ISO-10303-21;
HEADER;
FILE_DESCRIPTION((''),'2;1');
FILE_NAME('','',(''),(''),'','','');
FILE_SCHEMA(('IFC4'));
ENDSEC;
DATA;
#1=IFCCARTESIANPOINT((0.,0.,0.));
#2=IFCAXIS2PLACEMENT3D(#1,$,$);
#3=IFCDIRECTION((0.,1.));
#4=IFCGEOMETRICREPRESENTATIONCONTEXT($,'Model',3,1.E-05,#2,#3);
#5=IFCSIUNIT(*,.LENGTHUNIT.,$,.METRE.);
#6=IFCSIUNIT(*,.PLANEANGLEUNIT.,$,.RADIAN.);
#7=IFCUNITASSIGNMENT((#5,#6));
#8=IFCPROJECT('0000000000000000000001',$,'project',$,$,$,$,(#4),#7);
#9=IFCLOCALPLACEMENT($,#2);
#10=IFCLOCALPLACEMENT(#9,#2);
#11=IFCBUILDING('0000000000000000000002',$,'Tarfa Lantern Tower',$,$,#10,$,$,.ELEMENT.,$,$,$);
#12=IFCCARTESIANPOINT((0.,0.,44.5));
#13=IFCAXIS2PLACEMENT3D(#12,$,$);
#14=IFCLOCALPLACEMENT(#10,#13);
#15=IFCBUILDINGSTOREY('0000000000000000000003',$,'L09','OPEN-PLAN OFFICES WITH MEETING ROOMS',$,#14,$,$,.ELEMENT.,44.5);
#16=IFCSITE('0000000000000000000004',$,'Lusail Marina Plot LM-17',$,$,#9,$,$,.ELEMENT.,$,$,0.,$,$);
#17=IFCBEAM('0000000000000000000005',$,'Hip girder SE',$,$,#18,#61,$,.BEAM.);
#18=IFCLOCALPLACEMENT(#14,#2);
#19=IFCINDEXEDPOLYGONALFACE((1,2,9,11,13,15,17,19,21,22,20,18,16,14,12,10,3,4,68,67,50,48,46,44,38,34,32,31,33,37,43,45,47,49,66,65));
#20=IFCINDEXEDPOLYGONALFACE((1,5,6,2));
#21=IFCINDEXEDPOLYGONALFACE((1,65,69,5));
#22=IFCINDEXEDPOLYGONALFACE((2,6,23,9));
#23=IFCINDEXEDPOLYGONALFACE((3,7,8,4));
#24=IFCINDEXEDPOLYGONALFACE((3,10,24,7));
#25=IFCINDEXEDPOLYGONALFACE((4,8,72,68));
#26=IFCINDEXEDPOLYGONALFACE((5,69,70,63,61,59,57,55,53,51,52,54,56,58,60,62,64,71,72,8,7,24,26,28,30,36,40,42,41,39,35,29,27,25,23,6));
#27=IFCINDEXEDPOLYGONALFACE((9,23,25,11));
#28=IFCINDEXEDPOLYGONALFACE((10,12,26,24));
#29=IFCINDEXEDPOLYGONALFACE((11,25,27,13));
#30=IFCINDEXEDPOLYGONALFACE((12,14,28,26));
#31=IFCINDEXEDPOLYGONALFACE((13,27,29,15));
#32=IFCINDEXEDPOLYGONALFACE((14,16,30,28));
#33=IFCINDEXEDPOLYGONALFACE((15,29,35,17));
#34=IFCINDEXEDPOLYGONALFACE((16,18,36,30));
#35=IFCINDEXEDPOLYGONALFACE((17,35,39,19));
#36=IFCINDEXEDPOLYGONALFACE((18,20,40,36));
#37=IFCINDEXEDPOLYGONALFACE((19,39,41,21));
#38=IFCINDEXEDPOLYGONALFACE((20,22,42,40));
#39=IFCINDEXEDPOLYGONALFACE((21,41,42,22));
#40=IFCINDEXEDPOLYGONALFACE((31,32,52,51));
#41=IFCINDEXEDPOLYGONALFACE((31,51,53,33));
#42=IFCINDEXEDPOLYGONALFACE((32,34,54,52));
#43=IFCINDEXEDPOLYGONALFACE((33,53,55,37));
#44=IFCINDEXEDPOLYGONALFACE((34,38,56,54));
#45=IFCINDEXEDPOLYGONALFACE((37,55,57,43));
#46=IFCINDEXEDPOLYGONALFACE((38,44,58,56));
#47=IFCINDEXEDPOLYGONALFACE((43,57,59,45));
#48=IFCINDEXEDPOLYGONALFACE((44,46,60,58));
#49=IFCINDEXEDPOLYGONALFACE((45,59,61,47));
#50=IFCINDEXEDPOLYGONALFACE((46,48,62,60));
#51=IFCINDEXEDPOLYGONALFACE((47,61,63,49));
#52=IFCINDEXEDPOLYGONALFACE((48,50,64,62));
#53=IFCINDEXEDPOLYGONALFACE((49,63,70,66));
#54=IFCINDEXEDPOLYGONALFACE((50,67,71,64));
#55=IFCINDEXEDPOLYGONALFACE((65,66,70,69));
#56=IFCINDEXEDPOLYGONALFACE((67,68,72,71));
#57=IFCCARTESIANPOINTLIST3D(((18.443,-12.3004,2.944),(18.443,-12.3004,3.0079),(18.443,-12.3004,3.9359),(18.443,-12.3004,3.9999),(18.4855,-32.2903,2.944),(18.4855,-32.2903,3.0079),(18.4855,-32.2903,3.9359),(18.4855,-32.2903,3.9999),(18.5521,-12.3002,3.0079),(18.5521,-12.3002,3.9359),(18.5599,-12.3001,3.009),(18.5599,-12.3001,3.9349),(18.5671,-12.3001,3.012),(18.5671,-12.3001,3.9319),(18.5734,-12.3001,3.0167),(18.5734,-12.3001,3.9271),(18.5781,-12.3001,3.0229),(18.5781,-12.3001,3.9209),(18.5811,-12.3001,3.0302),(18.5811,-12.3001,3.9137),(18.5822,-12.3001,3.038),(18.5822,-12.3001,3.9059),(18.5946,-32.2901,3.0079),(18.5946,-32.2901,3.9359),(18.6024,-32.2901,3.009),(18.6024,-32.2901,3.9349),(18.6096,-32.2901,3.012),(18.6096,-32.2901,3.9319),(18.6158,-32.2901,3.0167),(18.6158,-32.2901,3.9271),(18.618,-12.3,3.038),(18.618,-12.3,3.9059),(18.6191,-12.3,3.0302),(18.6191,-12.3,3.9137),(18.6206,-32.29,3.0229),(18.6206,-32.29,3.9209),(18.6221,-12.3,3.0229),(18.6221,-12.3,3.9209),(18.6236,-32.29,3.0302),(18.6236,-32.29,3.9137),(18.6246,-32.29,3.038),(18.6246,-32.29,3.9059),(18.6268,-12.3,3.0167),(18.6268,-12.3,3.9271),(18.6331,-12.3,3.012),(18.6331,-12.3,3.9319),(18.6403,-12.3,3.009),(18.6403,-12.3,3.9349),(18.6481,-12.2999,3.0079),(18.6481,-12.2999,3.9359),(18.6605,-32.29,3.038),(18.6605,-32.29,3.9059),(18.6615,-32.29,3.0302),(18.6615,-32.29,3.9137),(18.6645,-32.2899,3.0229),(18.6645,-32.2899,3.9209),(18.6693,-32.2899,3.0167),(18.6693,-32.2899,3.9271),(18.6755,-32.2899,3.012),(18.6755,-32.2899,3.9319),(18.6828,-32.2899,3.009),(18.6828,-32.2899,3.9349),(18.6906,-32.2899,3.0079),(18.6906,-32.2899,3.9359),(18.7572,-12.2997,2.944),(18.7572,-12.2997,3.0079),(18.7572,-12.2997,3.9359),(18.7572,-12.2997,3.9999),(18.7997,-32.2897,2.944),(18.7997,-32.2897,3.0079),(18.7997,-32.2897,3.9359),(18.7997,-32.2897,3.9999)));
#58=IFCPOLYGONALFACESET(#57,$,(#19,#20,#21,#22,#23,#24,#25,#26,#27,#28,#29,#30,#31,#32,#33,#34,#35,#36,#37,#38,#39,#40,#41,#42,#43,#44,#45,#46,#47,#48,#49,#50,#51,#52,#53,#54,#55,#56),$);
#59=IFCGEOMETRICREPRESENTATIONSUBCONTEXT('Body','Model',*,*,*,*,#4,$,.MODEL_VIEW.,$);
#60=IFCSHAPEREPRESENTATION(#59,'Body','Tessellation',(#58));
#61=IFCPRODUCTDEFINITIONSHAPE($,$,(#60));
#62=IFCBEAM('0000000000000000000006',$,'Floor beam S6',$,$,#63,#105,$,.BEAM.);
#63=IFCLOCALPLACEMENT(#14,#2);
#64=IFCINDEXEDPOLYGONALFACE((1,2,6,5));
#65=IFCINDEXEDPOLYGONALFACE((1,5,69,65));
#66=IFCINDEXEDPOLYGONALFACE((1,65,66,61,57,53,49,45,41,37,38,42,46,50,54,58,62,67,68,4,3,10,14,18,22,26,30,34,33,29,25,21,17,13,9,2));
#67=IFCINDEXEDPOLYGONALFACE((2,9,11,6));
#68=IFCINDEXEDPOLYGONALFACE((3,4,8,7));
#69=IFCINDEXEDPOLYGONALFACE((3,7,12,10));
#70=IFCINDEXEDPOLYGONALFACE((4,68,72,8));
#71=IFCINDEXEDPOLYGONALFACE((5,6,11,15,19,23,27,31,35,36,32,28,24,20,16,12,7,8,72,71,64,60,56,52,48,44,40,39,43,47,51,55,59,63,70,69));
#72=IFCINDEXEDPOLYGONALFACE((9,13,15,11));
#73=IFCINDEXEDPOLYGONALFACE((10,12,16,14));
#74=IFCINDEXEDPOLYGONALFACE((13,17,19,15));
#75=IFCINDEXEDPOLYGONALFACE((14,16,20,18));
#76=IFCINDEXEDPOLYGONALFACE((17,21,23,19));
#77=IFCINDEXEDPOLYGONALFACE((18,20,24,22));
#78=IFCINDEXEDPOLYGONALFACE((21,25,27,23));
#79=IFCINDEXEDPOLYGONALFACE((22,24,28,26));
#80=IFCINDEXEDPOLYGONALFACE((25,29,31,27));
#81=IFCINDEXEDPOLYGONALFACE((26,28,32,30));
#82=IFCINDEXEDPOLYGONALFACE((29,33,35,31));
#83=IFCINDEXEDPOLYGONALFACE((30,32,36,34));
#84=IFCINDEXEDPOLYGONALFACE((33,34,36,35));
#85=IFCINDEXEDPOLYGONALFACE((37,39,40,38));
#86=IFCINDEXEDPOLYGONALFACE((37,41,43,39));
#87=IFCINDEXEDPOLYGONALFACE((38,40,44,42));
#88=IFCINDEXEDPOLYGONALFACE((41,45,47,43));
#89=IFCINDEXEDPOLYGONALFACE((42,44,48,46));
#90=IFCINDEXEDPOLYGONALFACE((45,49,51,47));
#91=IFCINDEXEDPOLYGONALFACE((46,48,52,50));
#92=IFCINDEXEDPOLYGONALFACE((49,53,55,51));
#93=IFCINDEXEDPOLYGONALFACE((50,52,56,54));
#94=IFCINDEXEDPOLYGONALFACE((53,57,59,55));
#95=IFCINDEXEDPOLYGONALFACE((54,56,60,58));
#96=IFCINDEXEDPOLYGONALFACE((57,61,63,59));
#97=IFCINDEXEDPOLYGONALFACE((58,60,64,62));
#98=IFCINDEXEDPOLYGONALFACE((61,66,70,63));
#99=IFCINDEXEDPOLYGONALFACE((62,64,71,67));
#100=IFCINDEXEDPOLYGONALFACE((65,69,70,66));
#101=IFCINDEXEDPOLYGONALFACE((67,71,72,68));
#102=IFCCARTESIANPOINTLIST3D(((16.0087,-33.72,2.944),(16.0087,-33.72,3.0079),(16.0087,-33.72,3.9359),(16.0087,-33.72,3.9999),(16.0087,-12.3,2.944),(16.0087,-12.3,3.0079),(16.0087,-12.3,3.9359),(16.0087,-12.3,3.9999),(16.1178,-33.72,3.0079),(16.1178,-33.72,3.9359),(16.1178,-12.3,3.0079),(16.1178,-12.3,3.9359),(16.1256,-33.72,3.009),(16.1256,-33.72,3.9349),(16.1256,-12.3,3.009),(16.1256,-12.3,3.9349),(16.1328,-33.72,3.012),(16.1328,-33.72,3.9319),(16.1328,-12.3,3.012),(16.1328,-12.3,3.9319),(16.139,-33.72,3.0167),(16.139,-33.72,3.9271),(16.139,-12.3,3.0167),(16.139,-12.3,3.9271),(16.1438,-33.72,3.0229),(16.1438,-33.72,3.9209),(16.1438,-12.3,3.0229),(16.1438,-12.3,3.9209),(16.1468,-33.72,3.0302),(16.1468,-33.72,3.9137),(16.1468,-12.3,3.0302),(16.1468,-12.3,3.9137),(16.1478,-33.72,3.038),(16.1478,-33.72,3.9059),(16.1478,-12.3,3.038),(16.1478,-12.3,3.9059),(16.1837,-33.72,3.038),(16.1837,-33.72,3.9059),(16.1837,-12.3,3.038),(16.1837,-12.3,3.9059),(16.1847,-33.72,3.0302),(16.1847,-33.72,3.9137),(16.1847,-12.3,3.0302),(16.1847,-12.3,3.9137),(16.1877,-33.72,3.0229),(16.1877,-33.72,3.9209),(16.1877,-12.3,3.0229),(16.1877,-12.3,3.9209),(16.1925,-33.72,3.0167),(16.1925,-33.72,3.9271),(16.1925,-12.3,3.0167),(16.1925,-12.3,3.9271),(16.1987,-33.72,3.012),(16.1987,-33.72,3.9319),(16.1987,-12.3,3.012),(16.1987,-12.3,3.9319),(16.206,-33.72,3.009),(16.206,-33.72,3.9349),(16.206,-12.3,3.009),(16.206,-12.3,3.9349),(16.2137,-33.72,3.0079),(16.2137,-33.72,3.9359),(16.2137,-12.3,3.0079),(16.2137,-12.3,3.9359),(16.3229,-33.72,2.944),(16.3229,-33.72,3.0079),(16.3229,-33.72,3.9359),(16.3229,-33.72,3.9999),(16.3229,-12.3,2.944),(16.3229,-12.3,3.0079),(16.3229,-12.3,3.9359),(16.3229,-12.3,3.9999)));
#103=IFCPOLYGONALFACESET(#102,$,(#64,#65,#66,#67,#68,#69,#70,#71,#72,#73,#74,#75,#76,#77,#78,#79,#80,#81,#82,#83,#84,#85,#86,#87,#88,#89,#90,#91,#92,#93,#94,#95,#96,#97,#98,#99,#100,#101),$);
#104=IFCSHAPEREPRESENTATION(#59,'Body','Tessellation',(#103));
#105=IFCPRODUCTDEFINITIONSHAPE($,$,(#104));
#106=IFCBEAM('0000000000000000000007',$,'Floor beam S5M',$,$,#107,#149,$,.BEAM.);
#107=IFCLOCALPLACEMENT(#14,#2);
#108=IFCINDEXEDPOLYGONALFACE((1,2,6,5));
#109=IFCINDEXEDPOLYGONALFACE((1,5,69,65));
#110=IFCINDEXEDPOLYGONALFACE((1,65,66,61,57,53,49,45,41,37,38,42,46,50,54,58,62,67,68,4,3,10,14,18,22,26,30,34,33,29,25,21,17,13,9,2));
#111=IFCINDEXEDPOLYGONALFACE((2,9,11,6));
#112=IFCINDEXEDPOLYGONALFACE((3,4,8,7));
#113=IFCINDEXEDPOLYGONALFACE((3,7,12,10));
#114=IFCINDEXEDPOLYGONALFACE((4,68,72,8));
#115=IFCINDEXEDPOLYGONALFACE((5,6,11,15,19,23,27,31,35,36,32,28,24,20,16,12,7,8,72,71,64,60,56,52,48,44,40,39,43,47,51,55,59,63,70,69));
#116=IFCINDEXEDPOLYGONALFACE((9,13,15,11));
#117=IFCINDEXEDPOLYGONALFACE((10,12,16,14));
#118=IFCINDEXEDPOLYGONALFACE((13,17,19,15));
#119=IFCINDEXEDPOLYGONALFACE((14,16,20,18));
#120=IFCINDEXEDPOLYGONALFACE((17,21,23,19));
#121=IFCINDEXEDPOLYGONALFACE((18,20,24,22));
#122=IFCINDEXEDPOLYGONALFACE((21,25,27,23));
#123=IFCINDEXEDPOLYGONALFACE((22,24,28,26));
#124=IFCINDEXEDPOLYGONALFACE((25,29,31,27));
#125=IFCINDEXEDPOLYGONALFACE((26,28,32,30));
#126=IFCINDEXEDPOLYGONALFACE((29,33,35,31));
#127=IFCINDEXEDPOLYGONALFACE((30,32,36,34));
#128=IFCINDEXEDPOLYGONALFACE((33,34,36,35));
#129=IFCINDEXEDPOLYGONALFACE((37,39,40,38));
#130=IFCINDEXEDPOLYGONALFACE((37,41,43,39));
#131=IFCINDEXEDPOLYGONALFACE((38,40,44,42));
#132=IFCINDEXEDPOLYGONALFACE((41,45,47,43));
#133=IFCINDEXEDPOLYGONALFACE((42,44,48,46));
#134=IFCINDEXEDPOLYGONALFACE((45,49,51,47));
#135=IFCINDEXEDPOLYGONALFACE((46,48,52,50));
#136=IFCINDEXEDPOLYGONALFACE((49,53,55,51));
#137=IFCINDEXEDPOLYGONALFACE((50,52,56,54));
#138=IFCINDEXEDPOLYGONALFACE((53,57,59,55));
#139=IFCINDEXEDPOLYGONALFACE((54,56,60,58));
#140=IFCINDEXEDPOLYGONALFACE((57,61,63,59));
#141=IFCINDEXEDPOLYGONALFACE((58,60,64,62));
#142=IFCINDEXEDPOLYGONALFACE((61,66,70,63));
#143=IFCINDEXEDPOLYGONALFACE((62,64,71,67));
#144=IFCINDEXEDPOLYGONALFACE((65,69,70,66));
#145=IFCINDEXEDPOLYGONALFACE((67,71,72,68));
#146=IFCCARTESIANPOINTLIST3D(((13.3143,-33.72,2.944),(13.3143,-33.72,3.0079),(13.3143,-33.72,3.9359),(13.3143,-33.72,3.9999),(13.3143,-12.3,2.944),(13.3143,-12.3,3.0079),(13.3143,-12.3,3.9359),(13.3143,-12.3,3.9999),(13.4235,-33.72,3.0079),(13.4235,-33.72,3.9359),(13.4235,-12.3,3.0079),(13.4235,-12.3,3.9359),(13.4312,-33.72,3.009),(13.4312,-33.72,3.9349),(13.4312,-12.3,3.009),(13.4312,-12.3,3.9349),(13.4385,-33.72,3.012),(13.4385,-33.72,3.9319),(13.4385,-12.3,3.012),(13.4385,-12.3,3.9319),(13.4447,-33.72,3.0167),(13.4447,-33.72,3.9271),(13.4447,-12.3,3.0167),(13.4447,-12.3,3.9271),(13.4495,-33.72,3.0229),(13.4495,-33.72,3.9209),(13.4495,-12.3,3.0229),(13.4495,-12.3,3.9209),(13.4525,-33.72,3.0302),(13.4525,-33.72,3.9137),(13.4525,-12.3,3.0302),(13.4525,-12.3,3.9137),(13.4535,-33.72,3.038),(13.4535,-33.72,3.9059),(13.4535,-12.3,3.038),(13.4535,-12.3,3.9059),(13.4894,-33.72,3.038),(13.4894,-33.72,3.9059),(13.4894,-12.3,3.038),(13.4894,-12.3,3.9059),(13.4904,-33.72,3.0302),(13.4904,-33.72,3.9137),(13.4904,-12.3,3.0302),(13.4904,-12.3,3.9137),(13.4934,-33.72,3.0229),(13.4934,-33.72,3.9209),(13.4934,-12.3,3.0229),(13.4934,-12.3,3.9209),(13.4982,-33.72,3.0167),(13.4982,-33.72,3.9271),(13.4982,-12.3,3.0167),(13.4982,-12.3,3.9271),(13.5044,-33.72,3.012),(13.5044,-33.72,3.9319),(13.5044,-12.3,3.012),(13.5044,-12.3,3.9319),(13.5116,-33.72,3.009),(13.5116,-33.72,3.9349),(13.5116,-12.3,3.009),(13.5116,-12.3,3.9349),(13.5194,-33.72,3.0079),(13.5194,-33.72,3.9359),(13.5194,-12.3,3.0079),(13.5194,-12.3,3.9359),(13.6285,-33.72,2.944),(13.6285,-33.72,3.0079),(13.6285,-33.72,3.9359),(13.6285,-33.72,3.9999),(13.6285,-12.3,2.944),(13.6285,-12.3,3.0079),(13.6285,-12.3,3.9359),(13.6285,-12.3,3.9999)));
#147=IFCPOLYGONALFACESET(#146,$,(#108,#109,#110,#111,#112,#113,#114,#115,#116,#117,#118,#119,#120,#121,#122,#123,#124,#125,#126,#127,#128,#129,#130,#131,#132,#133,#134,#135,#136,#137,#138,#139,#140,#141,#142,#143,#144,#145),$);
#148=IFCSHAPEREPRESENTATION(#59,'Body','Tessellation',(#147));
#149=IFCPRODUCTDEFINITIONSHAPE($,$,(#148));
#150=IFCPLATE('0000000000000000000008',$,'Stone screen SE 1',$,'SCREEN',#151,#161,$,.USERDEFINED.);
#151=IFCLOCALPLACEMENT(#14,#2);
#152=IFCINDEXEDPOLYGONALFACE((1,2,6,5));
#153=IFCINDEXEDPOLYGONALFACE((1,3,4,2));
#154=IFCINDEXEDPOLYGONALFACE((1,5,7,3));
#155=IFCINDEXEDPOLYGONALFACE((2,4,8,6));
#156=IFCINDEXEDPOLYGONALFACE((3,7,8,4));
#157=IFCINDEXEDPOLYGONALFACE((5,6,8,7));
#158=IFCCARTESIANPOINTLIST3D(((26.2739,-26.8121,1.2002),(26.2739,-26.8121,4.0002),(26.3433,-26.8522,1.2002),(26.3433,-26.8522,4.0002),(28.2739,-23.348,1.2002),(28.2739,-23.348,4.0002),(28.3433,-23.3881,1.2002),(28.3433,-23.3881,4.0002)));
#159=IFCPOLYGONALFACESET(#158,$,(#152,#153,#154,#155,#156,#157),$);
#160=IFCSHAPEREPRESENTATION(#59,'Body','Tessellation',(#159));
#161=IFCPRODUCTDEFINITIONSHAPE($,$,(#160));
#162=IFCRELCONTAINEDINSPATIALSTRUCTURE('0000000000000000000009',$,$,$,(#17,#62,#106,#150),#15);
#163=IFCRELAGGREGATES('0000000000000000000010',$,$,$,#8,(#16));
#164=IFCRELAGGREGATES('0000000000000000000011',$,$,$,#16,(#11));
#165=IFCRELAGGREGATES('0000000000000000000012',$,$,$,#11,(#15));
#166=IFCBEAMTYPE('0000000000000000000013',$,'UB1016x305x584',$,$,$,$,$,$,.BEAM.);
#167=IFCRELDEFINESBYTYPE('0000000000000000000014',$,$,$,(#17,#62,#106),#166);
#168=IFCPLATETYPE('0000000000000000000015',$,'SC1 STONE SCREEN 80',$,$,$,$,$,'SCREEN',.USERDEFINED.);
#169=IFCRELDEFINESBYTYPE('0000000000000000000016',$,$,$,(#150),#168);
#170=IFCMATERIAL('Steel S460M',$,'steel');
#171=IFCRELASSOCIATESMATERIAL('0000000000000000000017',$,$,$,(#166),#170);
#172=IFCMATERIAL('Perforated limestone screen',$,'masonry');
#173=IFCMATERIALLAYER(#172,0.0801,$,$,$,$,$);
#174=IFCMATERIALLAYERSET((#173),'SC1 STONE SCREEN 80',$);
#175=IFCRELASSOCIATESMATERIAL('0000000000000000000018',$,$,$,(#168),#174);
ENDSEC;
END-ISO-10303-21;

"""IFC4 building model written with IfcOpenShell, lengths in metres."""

from ifc_helpers import new_model, si_unit, direction, frame, origin, origin_2d, place, context, subcontext, project, spatial, rectangle, i_section, extrude, material, layer, layer_set, material_profile, profile_set, type_object, element, save


model = new_model("IFC4")

# Units and contexts
model_context = context("Model", 3, precision=1e-05, world=origin(), true_north=direction((0.0, 1.0)))
body_context = subcontext(model_context, "Body", "Model", "MODEL_VIEW")
ifc_project = project(units=[si_unit("LENGTHUNIT", "METRE"), si_unit("PLANEANGLEUNIT", "RADIAN")], contexts=[model_context])

# Site, building, storey
site_placement = place(None, origin())
site = spatial("IfcSite", under=ifc_project, at=site_placement, Name="Lusail Marina Plot LM-17", CompositionType="ELEMENT", RefElevation=0.0)
building_placement = place(site_placement, origin())
building = spatial("IfcBuilding", under=site, at=building_placement, Name="Tarfa Lantern Tower", CompositionType="ELEMENT")
storey_placement = place(building_placement, frame((0.0, 0.0, 44.5)))
storey = spatial("IfcBuildingStorey", under=building, at=storey_placement, Name="L09", Description="OPEN-PLAN OFFICES WITH MEETING ROOMS", CompositionType="ELEMENT", Elevation=44.5)

# Beams
ifc_material_1 = material(Name="Steel S460M", Category="steel")
ifc_material_profile_1 = material_profile(ifc_material_1, i_section(OverallWidth=0.3142, OverallDepth=1.0559, WebThickness=0.0359, FlangeThickness=0.064, FilletRadius=0.03, at=origin_2d()), Name="UB1016x305x584")
ifc_profile_set_1 = profile_set([ifc_material_profile_1], Name="Steel S460M")
beam_type_1 = type_object("IfcBeamType", Name="UB1016x305x584", PredefinedType="BEAM", material=ifc_profile_set_1)
beam_1_placement = place(storey_placement, frame((18.6001, -12.3, 3.4719), z_axis=(0.002125, -0.999998, 0.0), x_axis=(0.999998, 0.002125, 0.0)))
element("IfcBeam", 1, at=beam_1_placement, inside=storey, type_object=beam_type_1, Name="Hip girder SE", PredefinedType="BEAM", context=body_context, shape_type="SweptSolid", body=[
    extrude(i_section(OverallWidth=0.3142, OverallDepth=1.0559, WebThickness=0.0359, FlangeThickness=0.064, FilletRadius=0.03, at=origin_2d()), origin(), (0.0, 0.0, 1.0), 19.99),
])
for number, where, z_axis, x_axis, name in (
    (2, (16.1658, -33.72, 3.4719), (0.0, 1.0, 0.0), (-1.0, 0.0, 0.0), "Floor beam S6"),
    (3, (13.4714, -33.72, 3.4719), (0.0, 1.0, 0.0), (-1.0, 0.0, 0.0), "Floor beam S5M"),
):
    element("IfcBeam", number, at=place(storey_placement, frame(where, z_axis=z_axis, x_axis=x_axis)), inside=storey, type_object=beam_type_1, Name=name, PredefinedType="BEAM", context=body_context, shape_type="SweptSolid", body=[
        extrude(i_section(OverallWidth=0.3142, OverallDepth=1.0559, WebThickness=0.0359, FlangeThickness=0.064, FilletRadius=0.03, at=origin_2d()), origin(), (0.0, 0.0, 1.0), 21.4199),
    ])

# Plate
ifc_material_2 = material(Name="Perforated limestone screen", Category="masonry")
ifc_layer_1 = layer(ifc_material_2, 0.0801)
ifc_layer_set_1 = layer_set([ifc_layer_1], Name="SC1 STONE SCREEN 80")
plate_type = type_object("IfcPlateType", Name="SC1 STONE SCREEN 80", ElementType="SCREEN", PredefinedType="USERDEFINED", material=ifc_layer_set_1)
plate_placement = place(storey_placement, frame((27.3086, -25.1001, 1.2002), z_axis=(0.0, 0.0, 1.0), x_axis=(0.5, 0.866025, 0.0)))
element("IfcPlate", 4, at=plate_placement, inside=storey, type_object=plate_type, Name="Stone screen SE 1", ObjectType="SCREEN", PredefinedType="USERDEFINED", context=body_context, shape_type="SweptSolid", body=[
    extrude(rectangle(XDim=4.0, YDim=0.0801, at=origin_2d()), origin(), (0.0, 0.0, 1.0), 2.8),
])

save(model, "model.ifc")
